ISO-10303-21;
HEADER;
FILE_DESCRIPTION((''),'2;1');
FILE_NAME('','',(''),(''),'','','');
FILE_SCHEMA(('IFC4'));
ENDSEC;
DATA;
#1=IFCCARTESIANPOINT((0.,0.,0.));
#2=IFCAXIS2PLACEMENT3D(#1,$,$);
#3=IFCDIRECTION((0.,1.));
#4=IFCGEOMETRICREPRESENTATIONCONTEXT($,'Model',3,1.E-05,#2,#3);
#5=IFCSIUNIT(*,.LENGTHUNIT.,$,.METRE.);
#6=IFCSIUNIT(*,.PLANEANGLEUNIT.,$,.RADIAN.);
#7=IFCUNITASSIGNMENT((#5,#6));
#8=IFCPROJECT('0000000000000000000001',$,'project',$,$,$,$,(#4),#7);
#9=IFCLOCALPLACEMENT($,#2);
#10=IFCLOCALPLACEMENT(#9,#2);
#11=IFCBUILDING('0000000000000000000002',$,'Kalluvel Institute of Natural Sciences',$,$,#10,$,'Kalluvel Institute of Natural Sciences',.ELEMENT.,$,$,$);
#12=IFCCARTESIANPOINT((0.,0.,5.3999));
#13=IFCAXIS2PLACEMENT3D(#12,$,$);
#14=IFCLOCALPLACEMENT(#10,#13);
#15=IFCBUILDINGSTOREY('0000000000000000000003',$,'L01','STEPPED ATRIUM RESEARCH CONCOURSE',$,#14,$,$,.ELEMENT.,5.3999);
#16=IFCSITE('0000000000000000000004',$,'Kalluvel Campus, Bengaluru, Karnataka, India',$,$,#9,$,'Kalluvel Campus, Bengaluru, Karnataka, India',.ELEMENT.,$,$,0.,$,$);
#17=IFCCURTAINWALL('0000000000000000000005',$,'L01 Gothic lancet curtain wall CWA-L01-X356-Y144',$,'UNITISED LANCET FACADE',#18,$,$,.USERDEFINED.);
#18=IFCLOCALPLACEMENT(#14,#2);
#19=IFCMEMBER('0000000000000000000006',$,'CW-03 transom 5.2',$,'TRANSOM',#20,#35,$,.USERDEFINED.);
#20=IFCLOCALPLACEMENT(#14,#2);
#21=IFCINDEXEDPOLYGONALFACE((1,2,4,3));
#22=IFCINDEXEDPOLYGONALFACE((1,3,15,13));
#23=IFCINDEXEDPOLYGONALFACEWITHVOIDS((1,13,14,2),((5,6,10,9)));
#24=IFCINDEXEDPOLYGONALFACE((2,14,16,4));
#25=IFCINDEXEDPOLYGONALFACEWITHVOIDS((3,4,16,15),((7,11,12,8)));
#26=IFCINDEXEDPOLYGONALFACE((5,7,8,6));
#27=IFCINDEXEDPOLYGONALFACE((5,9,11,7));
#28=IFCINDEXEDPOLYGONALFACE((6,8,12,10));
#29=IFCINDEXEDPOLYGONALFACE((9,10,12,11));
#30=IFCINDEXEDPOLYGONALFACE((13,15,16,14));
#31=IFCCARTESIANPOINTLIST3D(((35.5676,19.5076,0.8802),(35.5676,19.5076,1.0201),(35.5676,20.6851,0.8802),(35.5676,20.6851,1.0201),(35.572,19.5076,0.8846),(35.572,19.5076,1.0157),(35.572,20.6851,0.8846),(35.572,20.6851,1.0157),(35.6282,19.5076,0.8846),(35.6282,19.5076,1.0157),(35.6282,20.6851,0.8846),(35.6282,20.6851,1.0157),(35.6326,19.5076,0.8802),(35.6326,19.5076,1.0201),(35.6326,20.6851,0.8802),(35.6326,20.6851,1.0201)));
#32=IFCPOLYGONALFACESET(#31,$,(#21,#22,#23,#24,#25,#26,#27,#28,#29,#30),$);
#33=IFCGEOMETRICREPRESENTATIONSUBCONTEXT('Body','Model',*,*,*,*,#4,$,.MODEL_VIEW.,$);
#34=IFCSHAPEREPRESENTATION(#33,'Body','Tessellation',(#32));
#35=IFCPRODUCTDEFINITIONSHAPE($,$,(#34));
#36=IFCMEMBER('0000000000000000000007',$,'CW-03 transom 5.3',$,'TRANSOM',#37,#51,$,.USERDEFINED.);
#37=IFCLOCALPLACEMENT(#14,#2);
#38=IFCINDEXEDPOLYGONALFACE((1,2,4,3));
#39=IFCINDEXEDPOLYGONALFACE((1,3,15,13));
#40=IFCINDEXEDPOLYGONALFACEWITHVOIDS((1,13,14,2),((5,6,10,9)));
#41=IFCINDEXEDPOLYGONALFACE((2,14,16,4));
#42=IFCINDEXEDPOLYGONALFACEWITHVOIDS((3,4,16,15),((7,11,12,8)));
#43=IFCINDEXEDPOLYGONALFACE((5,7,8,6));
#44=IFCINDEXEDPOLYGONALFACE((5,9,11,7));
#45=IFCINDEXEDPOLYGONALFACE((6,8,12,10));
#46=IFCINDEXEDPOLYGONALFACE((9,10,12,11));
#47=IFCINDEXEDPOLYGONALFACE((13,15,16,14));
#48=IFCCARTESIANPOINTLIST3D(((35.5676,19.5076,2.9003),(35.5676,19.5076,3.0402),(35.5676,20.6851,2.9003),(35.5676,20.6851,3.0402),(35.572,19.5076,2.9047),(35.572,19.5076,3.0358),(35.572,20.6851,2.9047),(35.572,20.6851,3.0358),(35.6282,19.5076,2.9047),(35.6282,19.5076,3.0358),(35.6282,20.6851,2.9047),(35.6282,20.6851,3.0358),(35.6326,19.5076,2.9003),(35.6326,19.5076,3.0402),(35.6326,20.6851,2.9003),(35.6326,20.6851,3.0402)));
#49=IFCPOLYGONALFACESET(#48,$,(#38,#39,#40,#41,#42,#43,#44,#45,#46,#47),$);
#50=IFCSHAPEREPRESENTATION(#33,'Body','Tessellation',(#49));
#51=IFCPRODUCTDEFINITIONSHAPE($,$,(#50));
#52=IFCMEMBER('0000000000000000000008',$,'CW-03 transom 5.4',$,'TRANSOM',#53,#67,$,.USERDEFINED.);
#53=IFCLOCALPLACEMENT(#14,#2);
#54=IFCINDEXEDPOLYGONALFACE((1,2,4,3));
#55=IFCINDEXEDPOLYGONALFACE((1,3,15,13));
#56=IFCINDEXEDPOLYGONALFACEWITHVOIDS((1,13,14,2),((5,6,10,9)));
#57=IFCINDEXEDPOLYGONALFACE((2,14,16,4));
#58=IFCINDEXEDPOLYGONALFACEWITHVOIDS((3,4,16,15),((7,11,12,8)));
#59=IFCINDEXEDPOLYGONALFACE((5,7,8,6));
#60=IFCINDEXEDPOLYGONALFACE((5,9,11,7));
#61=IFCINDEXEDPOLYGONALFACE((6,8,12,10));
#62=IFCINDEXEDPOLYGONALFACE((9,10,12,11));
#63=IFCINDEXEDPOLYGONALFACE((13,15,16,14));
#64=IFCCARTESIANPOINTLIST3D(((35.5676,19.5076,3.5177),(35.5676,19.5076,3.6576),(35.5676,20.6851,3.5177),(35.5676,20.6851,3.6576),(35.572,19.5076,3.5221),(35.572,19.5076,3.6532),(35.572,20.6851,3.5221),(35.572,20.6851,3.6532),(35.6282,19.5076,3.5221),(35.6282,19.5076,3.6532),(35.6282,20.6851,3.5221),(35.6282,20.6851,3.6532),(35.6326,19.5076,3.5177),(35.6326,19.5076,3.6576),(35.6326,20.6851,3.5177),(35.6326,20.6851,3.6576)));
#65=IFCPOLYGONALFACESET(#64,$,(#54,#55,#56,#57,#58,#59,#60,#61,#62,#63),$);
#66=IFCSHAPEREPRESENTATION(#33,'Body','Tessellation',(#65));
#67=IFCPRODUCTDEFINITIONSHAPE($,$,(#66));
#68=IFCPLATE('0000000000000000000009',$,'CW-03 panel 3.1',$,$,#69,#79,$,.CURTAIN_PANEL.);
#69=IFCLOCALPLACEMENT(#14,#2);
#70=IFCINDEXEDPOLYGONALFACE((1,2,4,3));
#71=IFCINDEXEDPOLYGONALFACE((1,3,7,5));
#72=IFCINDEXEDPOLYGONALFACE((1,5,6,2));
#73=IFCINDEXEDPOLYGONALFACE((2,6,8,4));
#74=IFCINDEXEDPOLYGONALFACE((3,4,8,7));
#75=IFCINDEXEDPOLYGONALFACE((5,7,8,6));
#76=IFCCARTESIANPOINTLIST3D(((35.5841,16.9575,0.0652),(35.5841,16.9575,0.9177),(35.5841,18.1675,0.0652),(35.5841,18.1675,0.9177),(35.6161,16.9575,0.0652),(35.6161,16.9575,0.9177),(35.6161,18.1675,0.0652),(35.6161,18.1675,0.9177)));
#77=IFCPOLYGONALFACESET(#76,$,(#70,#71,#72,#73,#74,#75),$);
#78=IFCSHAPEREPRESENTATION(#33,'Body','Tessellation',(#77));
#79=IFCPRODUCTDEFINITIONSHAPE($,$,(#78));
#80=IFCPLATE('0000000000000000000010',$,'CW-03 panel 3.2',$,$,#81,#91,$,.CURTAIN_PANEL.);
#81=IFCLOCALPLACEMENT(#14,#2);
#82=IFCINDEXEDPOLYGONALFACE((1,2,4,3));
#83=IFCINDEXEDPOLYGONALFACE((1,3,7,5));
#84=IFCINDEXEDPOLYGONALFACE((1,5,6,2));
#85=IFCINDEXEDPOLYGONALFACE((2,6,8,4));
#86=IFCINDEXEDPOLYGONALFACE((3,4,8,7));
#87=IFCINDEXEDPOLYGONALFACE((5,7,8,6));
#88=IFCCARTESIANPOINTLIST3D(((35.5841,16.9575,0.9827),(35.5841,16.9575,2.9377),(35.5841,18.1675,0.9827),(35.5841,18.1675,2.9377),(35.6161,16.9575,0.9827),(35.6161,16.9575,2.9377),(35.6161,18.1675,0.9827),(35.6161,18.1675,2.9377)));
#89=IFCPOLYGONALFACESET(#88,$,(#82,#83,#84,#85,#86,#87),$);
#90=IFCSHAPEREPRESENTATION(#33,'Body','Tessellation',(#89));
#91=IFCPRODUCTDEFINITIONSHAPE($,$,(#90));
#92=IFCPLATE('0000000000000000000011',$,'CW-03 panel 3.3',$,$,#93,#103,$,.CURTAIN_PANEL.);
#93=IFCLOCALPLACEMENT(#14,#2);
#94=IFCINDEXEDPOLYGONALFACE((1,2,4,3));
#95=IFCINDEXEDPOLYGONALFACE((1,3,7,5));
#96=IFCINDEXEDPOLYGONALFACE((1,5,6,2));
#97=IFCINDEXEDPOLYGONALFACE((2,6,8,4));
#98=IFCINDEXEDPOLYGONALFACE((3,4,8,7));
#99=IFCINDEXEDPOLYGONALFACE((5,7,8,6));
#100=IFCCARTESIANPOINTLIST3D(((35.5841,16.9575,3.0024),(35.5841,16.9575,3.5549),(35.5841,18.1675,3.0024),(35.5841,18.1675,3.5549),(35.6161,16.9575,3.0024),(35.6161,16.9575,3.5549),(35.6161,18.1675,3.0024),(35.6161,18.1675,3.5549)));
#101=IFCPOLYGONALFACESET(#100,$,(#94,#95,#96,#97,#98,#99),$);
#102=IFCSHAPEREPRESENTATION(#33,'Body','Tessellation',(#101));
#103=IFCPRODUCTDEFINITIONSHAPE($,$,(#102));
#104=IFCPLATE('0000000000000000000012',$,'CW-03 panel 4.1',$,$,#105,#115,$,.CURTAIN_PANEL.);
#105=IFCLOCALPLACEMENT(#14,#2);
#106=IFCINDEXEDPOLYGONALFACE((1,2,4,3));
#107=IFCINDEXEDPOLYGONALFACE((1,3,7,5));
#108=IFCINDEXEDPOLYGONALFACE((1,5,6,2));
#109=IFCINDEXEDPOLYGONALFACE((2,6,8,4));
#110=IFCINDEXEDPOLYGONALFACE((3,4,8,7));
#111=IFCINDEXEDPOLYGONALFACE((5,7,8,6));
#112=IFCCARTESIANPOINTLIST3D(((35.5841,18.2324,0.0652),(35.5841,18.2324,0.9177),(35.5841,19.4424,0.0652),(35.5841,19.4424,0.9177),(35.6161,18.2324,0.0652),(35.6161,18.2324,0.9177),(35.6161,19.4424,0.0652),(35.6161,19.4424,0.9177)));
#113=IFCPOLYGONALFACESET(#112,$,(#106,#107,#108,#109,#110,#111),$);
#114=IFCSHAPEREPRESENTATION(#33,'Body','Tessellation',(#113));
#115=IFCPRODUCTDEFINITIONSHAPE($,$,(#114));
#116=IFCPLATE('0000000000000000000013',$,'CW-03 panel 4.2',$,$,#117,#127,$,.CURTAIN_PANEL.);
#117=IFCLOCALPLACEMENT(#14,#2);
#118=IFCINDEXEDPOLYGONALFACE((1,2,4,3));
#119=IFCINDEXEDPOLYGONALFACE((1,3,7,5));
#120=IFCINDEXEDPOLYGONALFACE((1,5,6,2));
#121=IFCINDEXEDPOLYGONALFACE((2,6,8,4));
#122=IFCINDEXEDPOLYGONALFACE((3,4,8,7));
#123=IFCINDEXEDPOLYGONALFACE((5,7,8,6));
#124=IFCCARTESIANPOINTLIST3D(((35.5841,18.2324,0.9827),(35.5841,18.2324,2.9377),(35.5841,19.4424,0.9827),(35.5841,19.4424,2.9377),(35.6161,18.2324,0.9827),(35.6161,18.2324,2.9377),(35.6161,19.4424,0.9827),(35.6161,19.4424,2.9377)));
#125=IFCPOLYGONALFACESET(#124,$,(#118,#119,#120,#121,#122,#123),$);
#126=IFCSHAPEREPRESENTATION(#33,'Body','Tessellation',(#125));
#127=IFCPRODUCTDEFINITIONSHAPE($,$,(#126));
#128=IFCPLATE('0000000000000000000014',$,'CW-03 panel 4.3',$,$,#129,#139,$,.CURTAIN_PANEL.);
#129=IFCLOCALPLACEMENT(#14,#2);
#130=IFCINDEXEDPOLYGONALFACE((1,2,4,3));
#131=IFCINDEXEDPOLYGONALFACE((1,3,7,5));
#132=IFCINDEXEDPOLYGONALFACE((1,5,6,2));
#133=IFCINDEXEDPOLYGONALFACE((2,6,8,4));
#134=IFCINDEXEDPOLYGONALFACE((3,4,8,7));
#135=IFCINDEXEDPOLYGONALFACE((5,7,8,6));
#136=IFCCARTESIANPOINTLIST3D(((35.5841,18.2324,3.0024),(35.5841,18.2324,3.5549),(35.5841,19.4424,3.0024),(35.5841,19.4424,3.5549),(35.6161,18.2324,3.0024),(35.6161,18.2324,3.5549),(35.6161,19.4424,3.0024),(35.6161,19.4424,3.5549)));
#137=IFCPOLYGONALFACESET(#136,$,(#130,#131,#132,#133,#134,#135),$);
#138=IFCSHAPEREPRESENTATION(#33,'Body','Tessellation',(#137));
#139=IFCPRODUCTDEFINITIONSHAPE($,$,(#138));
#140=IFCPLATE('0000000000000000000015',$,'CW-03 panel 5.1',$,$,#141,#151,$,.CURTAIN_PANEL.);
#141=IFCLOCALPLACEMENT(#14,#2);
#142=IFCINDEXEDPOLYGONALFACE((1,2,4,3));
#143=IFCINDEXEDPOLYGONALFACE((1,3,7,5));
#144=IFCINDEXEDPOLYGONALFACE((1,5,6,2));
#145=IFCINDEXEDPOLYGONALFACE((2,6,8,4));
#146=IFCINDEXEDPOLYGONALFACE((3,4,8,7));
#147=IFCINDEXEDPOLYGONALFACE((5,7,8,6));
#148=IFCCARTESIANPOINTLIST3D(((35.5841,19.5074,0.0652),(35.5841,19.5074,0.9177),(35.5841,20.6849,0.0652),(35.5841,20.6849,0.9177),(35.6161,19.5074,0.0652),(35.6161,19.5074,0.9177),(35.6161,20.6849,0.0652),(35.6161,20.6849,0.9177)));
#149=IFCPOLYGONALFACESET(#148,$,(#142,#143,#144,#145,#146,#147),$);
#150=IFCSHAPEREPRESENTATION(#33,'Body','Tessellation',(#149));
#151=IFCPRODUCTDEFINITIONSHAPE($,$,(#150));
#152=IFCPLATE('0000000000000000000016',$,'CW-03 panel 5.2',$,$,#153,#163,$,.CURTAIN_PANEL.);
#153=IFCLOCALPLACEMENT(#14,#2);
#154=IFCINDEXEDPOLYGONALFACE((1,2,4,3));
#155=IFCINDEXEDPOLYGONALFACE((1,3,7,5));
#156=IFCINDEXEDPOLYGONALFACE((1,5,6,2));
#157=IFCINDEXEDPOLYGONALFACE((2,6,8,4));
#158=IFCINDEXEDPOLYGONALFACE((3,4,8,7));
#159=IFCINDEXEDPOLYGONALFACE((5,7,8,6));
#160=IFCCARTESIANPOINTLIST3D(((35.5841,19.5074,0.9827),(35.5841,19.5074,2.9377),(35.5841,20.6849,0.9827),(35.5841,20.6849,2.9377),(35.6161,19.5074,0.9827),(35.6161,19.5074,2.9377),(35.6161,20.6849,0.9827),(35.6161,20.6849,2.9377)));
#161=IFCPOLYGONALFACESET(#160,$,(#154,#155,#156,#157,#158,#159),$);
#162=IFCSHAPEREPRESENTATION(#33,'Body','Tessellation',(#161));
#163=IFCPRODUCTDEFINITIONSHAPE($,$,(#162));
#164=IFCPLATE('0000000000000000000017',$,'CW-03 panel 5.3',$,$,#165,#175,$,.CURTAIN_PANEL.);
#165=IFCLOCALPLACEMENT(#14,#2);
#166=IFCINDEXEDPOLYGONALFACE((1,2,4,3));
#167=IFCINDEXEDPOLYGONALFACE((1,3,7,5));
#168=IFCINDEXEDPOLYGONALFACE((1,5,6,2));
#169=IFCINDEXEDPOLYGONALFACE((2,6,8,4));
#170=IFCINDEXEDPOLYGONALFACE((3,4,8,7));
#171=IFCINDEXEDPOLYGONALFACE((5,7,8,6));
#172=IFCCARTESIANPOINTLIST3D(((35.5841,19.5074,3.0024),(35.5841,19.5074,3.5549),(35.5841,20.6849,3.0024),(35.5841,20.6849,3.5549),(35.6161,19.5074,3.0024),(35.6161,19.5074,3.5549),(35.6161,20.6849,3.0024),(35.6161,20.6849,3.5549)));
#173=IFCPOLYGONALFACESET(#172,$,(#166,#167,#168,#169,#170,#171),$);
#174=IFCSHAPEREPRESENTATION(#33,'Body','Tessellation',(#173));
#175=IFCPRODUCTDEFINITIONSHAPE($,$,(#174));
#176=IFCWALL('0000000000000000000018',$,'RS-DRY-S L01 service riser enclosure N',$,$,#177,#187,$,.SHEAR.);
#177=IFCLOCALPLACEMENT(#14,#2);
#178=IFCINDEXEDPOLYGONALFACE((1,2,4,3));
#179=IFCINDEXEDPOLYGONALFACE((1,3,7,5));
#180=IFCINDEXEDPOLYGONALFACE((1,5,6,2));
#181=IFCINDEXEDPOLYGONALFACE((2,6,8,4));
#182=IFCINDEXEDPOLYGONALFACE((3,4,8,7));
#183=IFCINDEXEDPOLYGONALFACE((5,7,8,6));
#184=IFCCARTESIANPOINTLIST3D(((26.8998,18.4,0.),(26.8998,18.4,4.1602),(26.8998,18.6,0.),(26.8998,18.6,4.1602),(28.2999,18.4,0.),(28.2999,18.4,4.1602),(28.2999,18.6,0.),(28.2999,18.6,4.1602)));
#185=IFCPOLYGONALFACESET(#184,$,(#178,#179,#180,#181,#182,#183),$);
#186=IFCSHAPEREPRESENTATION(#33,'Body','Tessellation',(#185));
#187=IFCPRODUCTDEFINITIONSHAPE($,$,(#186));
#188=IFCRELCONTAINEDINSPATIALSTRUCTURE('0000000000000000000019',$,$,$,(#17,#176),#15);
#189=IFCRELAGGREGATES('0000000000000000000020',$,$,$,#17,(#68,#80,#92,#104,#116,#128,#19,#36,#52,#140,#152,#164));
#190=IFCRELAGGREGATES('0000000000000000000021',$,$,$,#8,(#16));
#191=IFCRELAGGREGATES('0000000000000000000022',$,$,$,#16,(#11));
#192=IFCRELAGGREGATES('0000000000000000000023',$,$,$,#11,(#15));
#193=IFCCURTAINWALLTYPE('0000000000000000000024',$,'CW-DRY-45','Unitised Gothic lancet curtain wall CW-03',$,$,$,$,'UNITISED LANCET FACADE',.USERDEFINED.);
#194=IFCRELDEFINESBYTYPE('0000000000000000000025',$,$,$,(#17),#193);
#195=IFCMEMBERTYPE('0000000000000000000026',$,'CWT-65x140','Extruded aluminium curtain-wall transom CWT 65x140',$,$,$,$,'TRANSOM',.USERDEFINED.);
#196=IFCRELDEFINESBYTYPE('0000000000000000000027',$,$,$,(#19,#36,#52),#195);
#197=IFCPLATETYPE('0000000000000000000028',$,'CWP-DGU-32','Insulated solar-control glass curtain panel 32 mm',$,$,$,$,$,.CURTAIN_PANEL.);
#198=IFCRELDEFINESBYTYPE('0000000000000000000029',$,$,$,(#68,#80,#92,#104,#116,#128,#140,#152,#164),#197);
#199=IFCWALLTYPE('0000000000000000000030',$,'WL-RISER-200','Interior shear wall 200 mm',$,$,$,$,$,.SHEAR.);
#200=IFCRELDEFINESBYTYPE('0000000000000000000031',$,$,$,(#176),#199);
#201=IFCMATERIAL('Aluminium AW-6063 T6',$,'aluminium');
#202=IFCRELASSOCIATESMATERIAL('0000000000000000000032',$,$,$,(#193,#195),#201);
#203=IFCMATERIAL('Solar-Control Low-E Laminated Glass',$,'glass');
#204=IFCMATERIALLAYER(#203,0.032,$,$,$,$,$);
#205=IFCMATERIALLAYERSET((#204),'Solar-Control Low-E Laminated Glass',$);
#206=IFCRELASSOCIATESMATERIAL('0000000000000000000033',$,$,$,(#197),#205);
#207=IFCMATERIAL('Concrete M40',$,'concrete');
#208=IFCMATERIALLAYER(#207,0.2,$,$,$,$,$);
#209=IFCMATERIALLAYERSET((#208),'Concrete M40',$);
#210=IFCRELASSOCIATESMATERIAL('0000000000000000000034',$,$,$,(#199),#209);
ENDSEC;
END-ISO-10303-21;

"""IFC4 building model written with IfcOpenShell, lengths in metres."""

from ifc_helpers import new_model, si_unit, direction, frame, frame_2d, origin, origin_2d, place, context, subcontext, project, spatial, rectangle, hollow_rectangle, extrude, material, layer, layer_set, material_profile, profile_set, type_object, element, aggregate, save


model = new_model("IFC4")

# Units and contexts
model_context = context("Model", 3, precision=1e-05, world=origin(), true_north=direction((0.0, 1.0)))
body_context = subcontext(model_context, "Body", "Model", "MODEL_VIEW")
ifc_project = project(units=[si_unit("LENGTHUNIT", "METRE"), si_unit("PLANEANGLEUNIT", "RADIAN")], contexts=[model_context])

# Site, building, storey
site_placement = place(None, origin())
site = spatial("IfcSite", under=ifc_project, at=site_placement, Name="Kalluvel Campus, Bengaluru, Karnataka, India", LongName="Kalluvel Campus, Bengaluru, Karnataka, India", CompositionType="ELEMENT", RefElevation=0.0)
building_placement = place(site_placement, origin())
building = spatial("IfcBuilding", under=site, at=building_placement, Name="Kalluvel Institute of Natural Sciences", LongName="Kalluvel Institute of Natural Sciences", CompositionType="ELEMENT")
storey_placement = place(building_placement, frame((0.0, 0.0, 5.3999)))
storey = spatial("IfcBuildingStorey", under=building, at=storey_placement, Name="L01", Description="STEPPED ATRIUM RESEARCH CONCOURSE", CompositionType="ELEMENT", Elevation=5.3999)

# Shared definitions
ifc_material_1 = material(Name="Concrete M40", Category="concrete")

# Curtain wall, members, plates
ifc_material_2 = material(Name="Aluminium AW-6063 T6", Category="aluminium")
curtain_wall_type = type_object("IfcCurtainWallType", Name="CW-DRY-45", Description="Unitised Gothic lancet curtain wall CW-03", ElementType="UNITISED LANCET FACADE", PredefinedType="USERDEFINED", material=ifc_material_2)
curtain_wall_placement = place(storey_placement, origin())
curtain_wall = element("IfcCurtainWall", 1, at=curtain_wall_placement, inside=storey, type_object=curtain_wall_type, Name="L01 Gothic lancet curtain wall CWA-L01-X356-Y144", ObjectType="UNITISED LANCET FACADE", PredefinedType="USERDEFINED")
ifc_material_profile_1 = material_profile(ifc_material_2, hollow_rectangle(XDim=0.0649, YDim=0.1399, WallThickness=0.0044, at=origin_2d()), Name="CWT 65x140")
ifc_profile_set_1 = profile_set([ifc_material_profile_1], Name="Aluminium AW-6063 T6")
member_type_1 = type_object("IfcMemberType", Name="CWT-65x140", Description="Extruded aluminium curtain-wall transom CWT 65x140", ElementType="TRANSOM", PredefinedType="USERDEFINED", material=ifc_profile_set_1)
member_1_placement = place(storey_placement, frame((35.6001, 19.5076, 0.9502), z_axis=(0.0, 1.0, 0.0), x_axis=(-1.0, 0.0, 0.0)))
member_1 = element("IfcMember", 2, at=member_1_placement, type_object=member_type_1, Name="CW-03 transom 5.2", ObjectType="TRANSOM", PredefinedType="USERDEFINED", context=body_context, shape_type="SweptSolid", body=[
    extrude(hollow_rectangle(XDim=0.0649, YDim=0.1399, WallThickness=0.0044, at=origin_2d()), origin(), (0.0, 0.0, 1.0), 1.1775),
])
member_2_placement = place(storey_placement, frame((35.6001, 19.5076, 2.9702), z_axis=(0.0, 1.0, 0.0), x_axis=(-1.0, 0.0, 0.0)))
member_2 = element("IfcMember", 3, at=member_2_placement, type_object=member_type_1, Name="CW-03 transom 5.3", ObjectType="TRANSOM", PredefinedType="USERDEFINED", context=body_context, shape_type="SweptSolid", body=[
    extrude(hollow_rectangle(XDim=0.0649, YDim=0.1399, WallThickness=0.0044, at=origin_2d()), origin(), (0.0, 0.0, 1.0), 1.1775),
])
member_3_placement = place(storey_placement, frame((35.6001, 19.5076, 3.5876), z_axis=(0.0, 1.0, 0.0), x_axis=(-1.0, 0.0, 0.0)))
member_3 = element("IfcMember", 4, at=member_3_placement, type_object=member_type_1, Name="CW-03 transom 5.4", ObjectType="TRANSOM", PredefinedType="USERDEFINED", context=body_context, shape_type="SweptSolid", body=[
    extrude(hollow_rectangle(XDim=0.0649, YDim=0.1399, WallThickness=0.0044, at=origin_2d()), origin(), (0.0, 0.0, 1.0), 1.1775),
])
ifc_material_3 = material(Name="Solar-Control Low-E Laminated Glass", Category="glass")
ifc_layer_1 = layer(ifc_material_3, 0.032)
ifc_layer_set_1 = layer_set([ifc_layer_1], Name="Solar-Control Low-E Laminated Glass")
plate_type = type_object("IfcPlateType", Name="CWP-DGU-32", Description="Insulated solar-control glass curtain panel 32 mm", PredefinedType="CURTAIN_PANEL", material=ifc_layer_set_1)
plate_1_placement = place(storey_placement, frame((35.6001, 17.5625, 0.0652), z_axis=(0.0, 0.0, 1.0), x_axis=(0.0, 1.0, 0.0)))
plate_1 = element("IfcPlate", 5, at=plate_1_placement, type_object=plate_type, Name="CW-03 panel 3.1", PredefinedType="CURTAIN_PANEL", context=body_context, shape_type="SweptSolid", body=[
    extrude(rectangle(XDim=1.21, YDim=0.032, at=origin_2d()), origin(), (0.0, 0.0, 1.0), 0.8525),
])
plate_2_placement = place(storey_placement, frame((35.6001, 17.5625, 0.9827), z_axis=(0.0, 0.0, 1.0), x_axis=(0.0, 1.0, 0.0)))
plate_2 = element("IfcPlate", 6, at=plate_2_placement, type_object=plate_type, Name="CW-03 panel 3.2", PredefinedType="CURTAIN_PANEL", context=body_context, shape_type="SweptSolid", body=[
    extrude(rectangle(XDim=1.21, YDim=0.032, at=origin_2d()), origin(), (0.0, 0.0, 1.0), 1.9551),
])
plate_3_placement = place(storey_placement, frame((35.6001, 17.5625, 3.0024), z_axis=(0.0, 0.0, 1.0), x_axis=(0.0, 1.0, 0.0)))
plate_3 = element("IfcPlate", 7, at=plate_3_placement, type_object=plate_type, Name="CW-03 panel 3.3", PredefinedType="CURTAIN_PANEL", context=body_context, shape_type="SweptSolid", body=[
    extrude(rectangle(XDim=1.21, YDim=0.032, at=origin_2d()), origin(), (0.0, 0.0, 1.0), 0.5525),
])
plate_4_placement = place(storey_placement, frame((35.6001, 18.8374, 0.0652), z_axis=(0.0, 0.0, 1.0), x_axis=(0.0, 1.0, 0.0)))
plate_4 = element("IfcPlate", 8, at=plate_4_placement, type_object=plate_type, Name="CW-03 panel 4.1", PredefinedType="CURTAIN_PANEL", context=body_context, shape_type="SweptSolid", body=[
    extrude(rectangle(XDim=1.21, YDim=0.032, at=origin_2d()), origin(), (0.0, 0.0, 1.0), 0.8525),
])
plate_5_placement = place(storey_placement, frame((35.6001, 18.8374, 0.9827), z_axis=(0.0, 0.0, 1.0), x_axis=(0.0, 1.0, 0.0)))
plate_5 = element("IfcPlate", 9, at=plate_5_placement, type_object=plate_type, Name="CW-03 panel 4.2", PredefinedType="CURTAIN_PANEL", context=body_context, shape_type="SweptSolid", body=[
    extrude(rectangle(XDim=1.21, YDim=0.032, at=origin_2d()), origin(), (0.0, 0.0, 1.0), 1.9551),
])
plate_6_placement = place(storey_placement, frame((35.6001, 18.8374, 3.0024), z_axis=(0.0, 0.0, 1.0), x_axis=(0.0, 1.0, 0.0)))
plate_6 = element("IfcPlate", 10, at=plate_6_placement, type_object=plate_type, Name="CW-03 panel 4.3", PredefinedType="CURTAIN_PANEL", context=body_context, shape_type="SweptSolid", body=[
    extrude(rectangle(XDim=1.21, YDim=0.032, at=origin_2d()), origin(), (0.0, 0.0, 1.0), 0.5525),
])
plate_7_placement = place(storey_placement, frame((35.6001, 20.0962, 0.0652), z_axis=(0.0, 0.0, 1.0), x_axis=(0.0, 1.0, 0.0)))
plate_7 = element("IfcPlate", 11, at=plate_7_placement, type_object=plate_type, Name="CW-03 panel 5.1", PredefinedType="CURTAIN_PANEL", context=body_context, shape_type="SweptSolid", body=[
    extrude(rectangle(XDim=1.1775, YDim=0.032, at=origin_2d()), origin(), (0.0, 0.0, 1.0), 0.8525),
])
plate_8_placement = place(storey_placement, frame((35.6001, 20.0962, 0.9827), z_axis=(0.0, 0.0, 1.0), x_axis=(0.0, 1.0, 0.0)))
plate_8 = element("IfcPlate", 12, at=plate_8_placement, type_object=plate_type, Name="CW-03 panel 5.2", PredefinedType="CURTAIN_PANEL", context=body_context, shape_type="SweptSolid", body=[
    extrude(rectangle(XDim=1.1775, YDim=0.032, at=origin_2d()), origin(), (0.0, 0.0, 1.0), 1.9551),
])
plate_9_placement = place(storey_placement, frame((35.6001, 20.0962, 3.0024), z_axis=(0.0, 0.0, 1.0), x_axis=(0.0, 1.0, 0.0)))
plate_9 = element("IfcPlate", 13, at=plate_9_placement, type_object=plate_type, Name="CW-03 panel 5.3", PredefinedType="CURTAIN_PANEL", context=body_context, shape_type="SweptSolid", body=[
    extrude(rectangle(XDim=1.1775, YDim=0.032, at=origin_2d()), origin(), (0.0, 0.0, 1.0), 0.5525),
])
aggregate(curtain_wall, [plate_1, plate_2, plate_3, plate_4, plate_5, plate_6, member_1, member_2, member_3, plate_7, plate_8, plate_9])

# Wall
ifc_layer_2 = layer(ifc_material_1, 0.2)
ifc_layer_set_2 = layer_set([ifc_layer_2], Name="Concrete M40")
wall_type = type_object("IfcWallType", Name="WL-RISER-200", Description="Interior shear wall 200 mm", PredefinedType="SHEAR", material=ifc_layer_set_2)
wall_placement = place(storey_placement, frame((28.3, 18.5, 0.0), z_axis=(0.0, 0.0, 1.0), x_axis=(-1.0, 0.0, 0.0)))
element("IfcWall", 14, at=wall_placement, inside=storey, type_object=wall_type, Name="RS-DRY-S L01 service riser enclosure N", PredefinedType="SHEAR", context=body_context, shape_type="SweptSolid", body=[
    extrude(rectangle(XDim=1.4001, YDim=0.2, at=frame_2d((0.7002, 0.0))), origin(), (0.0, 0.0, 1.0), 4.1602),
])

save(model, "model.ifc")
